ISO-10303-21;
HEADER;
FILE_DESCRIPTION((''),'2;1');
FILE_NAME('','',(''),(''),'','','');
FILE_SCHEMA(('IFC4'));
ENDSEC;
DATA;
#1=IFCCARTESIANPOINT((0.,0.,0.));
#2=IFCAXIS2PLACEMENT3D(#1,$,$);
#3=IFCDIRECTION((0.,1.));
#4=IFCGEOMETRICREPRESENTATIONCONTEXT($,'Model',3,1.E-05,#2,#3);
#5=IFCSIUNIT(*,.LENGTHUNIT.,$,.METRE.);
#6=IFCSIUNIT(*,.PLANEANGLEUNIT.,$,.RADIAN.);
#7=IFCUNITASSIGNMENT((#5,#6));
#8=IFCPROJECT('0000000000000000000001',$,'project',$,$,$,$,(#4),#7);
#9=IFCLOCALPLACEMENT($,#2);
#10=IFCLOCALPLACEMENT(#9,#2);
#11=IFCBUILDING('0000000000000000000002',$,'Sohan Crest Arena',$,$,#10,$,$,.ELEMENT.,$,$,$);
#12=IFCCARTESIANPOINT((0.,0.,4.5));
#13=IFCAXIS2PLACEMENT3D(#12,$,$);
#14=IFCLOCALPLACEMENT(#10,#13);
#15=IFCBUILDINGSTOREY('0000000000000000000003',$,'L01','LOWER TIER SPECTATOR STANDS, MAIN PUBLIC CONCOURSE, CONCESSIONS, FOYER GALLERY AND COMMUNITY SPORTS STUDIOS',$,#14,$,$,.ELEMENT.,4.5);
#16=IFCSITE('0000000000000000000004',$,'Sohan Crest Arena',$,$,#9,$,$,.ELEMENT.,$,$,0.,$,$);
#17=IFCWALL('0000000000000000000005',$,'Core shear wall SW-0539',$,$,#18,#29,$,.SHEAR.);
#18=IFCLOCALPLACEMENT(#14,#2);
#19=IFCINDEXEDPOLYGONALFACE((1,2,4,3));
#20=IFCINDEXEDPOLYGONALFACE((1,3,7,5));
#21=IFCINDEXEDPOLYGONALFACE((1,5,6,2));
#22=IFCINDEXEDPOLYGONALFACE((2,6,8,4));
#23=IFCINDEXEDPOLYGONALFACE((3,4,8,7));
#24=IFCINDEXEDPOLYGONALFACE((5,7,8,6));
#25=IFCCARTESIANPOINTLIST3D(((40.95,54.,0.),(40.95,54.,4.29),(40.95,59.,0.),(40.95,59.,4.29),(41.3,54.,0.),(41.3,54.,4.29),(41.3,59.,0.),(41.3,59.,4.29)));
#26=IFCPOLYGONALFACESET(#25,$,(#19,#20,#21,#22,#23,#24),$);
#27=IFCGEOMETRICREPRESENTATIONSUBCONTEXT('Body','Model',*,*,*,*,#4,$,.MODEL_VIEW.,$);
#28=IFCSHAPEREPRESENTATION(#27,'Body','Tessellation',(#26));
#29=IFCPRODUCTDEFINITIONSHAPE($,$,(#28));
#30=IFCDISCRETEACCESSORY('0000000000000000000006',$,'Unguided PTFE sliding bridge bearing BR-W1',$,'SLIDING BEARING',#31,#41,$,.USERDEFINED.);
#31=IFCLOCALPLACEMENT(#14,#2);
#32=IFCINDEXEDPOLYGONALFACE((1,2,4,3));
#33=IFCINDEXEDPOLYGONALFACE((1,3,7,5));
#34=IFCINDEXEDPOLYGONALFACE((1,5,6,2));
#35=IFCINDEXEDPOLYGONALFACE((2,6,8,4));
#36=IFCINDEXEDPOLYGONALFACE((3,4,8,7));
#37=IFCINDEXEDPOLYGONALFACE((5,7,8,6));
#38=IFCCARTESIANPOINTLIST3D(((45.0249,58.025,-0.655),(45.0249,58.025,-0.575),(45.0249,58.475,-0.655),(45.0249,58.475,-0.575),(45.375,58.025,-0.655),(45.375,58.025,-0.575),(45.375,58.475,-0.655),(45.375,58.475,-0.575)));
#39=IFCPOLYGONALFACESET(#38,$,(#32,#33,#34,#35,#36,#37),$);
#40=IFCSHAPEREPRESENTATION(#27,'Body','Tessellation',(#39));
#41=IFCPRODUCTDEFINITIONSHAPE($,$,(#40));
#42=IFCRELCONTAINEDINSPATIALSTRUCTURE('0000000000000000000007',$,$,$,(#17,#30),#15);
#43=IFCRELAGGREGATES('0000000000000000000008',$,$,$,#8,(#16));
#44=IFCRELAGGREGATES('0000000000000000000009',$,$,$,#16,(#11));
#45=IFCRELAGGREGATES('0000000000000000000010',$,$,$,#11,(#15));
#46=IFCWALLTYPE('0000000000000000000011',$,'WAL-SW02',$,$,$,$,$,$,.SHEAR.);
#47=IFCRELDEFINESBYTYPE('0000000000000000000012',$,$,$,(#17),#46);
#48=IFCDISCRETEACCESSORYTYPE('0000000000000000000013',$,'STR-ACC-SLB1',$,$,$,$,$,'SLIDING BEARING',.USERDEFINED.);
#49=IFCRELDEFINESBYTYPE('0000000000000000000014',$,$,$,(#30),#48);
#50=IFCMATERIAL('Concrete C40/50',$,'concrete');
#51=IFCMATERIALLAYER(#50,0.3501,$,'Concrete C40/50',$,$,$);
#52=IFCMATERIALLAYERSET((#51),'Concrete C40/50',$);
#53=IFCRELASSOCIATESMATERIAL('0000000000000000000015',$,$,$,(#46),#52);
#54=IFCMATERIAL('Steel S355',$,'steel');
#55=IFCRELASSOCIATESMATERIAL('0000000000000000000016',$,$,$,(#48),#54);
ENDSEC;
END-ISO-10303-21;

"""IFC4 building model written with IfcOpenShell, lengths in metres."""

from ifc_helpers import new_model, si_unit, direction, frame, frame_2d, origin, origin_2d, place, context, subcontext, project, spatial, rectangle, extrude, material, layer, layer_set, type_object, element, save


model = new_model("IFC4")

# Units and contexts
model_context = context("Model", 3, precision=1e-05, world=origin(), true_north=direction((0.0, 1.0)))
body_context = subcontext(model_context, "Body", "Model", "MODEL_VIEW")
ifc_project = project(units=[si_unit("LENGTHUNIT", "METRE"), si_unit("PLANEANGLEUNIT", "RADIAN")], contexts=[model_context])

# Site, building, storey
site_placement = place(None, origin())
site = spatial("IfcSite", under=ifc_project, at=site_placement, Name="Sohan Crest Arena", CompositionType="ELEMENT", RefElevation=0.0)
building_placement = place(site_placement, origin())
building = spatial("IfcBuilding", under=site, at=building_placement, Name="Sohan Crest Arena", CompositionType="ELEMENT")
storey_placement = place(building_placement, frame((0.0, 0.0, 4.5)))
storey = spatial("IfcBuildingStorey", under=building, at=storey_placement, Name="L01", Description="LOWER TIER SPECTATOR STANDS, MAIN PUBLIC CONCOURSE, CONCESSIONS, FOYER GALLERY AND COMMUNITY SPORTS STUDIOS", CompositionType="ELEMENT", Elevation=4.5)

# Shared definitions
ifc_material_1 = material(Name="Concrete C40/50", Category="concrete")
ifc_material_2 = material(Name="Steel S355", Category="steel")

# Wall
ifc_layer_1 = layer(ifc_material_1, 0.3501, Name="Concrete C40/50")
ifc_layer_set_1 = layer_set([ifc_layer_1], Name="Concrete C40/50")
wall_type_1 = type_object("IfcWallType", Name="WAL-SW02", PredefinedType="SHEAR", material=ifc_layer_set_1)
wall_1_placement = place(storey_placement, frame((41.125, 54.0, 0.0), z_axis=(0.0, 0.0, 1.0), x_axis=(0.0, 1.0, 0.0)))
element("IfcWall", 1, at=wall_1_placement, inside=storey, type_object=wall_type_1, Name="Core shear wall SW-0539", PredefinedType="SHEAR", context=body_context, shape_type="SweptSolid", body=[
    extrude(rectangle(XDim=5.0, YDim=0.3501, at=frame_2d((2.5, 0.0))), origin(), (0.0, 0.0, 1.0), 4.29),
])

# Discrete accessory
discrete_accessory_type = type_object("IfcDiscreteAccessoryType", Name="STR-ACC-SLB1", ElementType="SLIDING BEARING", PredefinedType="USERDEFINED", material=ifc_material_2)
discrete_accessory_placement = place(storey_placement, frame((45.2, 58.25, -0.655), z_axis=(0.0, 0.0, 1.0), x_axis=(1.0, 0.0, 0.0)))
element("IfcDiscreteAccessory", 2, at=discrete_accessory_placement, inside=storey, type_object=discrete_accessory_type, Name="Unguided PTFE sliding bridge bearing BR-W1", ObjectType="SLIDING BEARING", PredefinedType="USERDEFINED", context=body_context, shape_type="SweptSolid", body=[
    extrude(rectangle(XDim=0.3501, YDim=0.45, at=origin_2d()), origin(), (0.0, 0.0, 1.0), 0.0801),
])

save(model, "model.ifc")
